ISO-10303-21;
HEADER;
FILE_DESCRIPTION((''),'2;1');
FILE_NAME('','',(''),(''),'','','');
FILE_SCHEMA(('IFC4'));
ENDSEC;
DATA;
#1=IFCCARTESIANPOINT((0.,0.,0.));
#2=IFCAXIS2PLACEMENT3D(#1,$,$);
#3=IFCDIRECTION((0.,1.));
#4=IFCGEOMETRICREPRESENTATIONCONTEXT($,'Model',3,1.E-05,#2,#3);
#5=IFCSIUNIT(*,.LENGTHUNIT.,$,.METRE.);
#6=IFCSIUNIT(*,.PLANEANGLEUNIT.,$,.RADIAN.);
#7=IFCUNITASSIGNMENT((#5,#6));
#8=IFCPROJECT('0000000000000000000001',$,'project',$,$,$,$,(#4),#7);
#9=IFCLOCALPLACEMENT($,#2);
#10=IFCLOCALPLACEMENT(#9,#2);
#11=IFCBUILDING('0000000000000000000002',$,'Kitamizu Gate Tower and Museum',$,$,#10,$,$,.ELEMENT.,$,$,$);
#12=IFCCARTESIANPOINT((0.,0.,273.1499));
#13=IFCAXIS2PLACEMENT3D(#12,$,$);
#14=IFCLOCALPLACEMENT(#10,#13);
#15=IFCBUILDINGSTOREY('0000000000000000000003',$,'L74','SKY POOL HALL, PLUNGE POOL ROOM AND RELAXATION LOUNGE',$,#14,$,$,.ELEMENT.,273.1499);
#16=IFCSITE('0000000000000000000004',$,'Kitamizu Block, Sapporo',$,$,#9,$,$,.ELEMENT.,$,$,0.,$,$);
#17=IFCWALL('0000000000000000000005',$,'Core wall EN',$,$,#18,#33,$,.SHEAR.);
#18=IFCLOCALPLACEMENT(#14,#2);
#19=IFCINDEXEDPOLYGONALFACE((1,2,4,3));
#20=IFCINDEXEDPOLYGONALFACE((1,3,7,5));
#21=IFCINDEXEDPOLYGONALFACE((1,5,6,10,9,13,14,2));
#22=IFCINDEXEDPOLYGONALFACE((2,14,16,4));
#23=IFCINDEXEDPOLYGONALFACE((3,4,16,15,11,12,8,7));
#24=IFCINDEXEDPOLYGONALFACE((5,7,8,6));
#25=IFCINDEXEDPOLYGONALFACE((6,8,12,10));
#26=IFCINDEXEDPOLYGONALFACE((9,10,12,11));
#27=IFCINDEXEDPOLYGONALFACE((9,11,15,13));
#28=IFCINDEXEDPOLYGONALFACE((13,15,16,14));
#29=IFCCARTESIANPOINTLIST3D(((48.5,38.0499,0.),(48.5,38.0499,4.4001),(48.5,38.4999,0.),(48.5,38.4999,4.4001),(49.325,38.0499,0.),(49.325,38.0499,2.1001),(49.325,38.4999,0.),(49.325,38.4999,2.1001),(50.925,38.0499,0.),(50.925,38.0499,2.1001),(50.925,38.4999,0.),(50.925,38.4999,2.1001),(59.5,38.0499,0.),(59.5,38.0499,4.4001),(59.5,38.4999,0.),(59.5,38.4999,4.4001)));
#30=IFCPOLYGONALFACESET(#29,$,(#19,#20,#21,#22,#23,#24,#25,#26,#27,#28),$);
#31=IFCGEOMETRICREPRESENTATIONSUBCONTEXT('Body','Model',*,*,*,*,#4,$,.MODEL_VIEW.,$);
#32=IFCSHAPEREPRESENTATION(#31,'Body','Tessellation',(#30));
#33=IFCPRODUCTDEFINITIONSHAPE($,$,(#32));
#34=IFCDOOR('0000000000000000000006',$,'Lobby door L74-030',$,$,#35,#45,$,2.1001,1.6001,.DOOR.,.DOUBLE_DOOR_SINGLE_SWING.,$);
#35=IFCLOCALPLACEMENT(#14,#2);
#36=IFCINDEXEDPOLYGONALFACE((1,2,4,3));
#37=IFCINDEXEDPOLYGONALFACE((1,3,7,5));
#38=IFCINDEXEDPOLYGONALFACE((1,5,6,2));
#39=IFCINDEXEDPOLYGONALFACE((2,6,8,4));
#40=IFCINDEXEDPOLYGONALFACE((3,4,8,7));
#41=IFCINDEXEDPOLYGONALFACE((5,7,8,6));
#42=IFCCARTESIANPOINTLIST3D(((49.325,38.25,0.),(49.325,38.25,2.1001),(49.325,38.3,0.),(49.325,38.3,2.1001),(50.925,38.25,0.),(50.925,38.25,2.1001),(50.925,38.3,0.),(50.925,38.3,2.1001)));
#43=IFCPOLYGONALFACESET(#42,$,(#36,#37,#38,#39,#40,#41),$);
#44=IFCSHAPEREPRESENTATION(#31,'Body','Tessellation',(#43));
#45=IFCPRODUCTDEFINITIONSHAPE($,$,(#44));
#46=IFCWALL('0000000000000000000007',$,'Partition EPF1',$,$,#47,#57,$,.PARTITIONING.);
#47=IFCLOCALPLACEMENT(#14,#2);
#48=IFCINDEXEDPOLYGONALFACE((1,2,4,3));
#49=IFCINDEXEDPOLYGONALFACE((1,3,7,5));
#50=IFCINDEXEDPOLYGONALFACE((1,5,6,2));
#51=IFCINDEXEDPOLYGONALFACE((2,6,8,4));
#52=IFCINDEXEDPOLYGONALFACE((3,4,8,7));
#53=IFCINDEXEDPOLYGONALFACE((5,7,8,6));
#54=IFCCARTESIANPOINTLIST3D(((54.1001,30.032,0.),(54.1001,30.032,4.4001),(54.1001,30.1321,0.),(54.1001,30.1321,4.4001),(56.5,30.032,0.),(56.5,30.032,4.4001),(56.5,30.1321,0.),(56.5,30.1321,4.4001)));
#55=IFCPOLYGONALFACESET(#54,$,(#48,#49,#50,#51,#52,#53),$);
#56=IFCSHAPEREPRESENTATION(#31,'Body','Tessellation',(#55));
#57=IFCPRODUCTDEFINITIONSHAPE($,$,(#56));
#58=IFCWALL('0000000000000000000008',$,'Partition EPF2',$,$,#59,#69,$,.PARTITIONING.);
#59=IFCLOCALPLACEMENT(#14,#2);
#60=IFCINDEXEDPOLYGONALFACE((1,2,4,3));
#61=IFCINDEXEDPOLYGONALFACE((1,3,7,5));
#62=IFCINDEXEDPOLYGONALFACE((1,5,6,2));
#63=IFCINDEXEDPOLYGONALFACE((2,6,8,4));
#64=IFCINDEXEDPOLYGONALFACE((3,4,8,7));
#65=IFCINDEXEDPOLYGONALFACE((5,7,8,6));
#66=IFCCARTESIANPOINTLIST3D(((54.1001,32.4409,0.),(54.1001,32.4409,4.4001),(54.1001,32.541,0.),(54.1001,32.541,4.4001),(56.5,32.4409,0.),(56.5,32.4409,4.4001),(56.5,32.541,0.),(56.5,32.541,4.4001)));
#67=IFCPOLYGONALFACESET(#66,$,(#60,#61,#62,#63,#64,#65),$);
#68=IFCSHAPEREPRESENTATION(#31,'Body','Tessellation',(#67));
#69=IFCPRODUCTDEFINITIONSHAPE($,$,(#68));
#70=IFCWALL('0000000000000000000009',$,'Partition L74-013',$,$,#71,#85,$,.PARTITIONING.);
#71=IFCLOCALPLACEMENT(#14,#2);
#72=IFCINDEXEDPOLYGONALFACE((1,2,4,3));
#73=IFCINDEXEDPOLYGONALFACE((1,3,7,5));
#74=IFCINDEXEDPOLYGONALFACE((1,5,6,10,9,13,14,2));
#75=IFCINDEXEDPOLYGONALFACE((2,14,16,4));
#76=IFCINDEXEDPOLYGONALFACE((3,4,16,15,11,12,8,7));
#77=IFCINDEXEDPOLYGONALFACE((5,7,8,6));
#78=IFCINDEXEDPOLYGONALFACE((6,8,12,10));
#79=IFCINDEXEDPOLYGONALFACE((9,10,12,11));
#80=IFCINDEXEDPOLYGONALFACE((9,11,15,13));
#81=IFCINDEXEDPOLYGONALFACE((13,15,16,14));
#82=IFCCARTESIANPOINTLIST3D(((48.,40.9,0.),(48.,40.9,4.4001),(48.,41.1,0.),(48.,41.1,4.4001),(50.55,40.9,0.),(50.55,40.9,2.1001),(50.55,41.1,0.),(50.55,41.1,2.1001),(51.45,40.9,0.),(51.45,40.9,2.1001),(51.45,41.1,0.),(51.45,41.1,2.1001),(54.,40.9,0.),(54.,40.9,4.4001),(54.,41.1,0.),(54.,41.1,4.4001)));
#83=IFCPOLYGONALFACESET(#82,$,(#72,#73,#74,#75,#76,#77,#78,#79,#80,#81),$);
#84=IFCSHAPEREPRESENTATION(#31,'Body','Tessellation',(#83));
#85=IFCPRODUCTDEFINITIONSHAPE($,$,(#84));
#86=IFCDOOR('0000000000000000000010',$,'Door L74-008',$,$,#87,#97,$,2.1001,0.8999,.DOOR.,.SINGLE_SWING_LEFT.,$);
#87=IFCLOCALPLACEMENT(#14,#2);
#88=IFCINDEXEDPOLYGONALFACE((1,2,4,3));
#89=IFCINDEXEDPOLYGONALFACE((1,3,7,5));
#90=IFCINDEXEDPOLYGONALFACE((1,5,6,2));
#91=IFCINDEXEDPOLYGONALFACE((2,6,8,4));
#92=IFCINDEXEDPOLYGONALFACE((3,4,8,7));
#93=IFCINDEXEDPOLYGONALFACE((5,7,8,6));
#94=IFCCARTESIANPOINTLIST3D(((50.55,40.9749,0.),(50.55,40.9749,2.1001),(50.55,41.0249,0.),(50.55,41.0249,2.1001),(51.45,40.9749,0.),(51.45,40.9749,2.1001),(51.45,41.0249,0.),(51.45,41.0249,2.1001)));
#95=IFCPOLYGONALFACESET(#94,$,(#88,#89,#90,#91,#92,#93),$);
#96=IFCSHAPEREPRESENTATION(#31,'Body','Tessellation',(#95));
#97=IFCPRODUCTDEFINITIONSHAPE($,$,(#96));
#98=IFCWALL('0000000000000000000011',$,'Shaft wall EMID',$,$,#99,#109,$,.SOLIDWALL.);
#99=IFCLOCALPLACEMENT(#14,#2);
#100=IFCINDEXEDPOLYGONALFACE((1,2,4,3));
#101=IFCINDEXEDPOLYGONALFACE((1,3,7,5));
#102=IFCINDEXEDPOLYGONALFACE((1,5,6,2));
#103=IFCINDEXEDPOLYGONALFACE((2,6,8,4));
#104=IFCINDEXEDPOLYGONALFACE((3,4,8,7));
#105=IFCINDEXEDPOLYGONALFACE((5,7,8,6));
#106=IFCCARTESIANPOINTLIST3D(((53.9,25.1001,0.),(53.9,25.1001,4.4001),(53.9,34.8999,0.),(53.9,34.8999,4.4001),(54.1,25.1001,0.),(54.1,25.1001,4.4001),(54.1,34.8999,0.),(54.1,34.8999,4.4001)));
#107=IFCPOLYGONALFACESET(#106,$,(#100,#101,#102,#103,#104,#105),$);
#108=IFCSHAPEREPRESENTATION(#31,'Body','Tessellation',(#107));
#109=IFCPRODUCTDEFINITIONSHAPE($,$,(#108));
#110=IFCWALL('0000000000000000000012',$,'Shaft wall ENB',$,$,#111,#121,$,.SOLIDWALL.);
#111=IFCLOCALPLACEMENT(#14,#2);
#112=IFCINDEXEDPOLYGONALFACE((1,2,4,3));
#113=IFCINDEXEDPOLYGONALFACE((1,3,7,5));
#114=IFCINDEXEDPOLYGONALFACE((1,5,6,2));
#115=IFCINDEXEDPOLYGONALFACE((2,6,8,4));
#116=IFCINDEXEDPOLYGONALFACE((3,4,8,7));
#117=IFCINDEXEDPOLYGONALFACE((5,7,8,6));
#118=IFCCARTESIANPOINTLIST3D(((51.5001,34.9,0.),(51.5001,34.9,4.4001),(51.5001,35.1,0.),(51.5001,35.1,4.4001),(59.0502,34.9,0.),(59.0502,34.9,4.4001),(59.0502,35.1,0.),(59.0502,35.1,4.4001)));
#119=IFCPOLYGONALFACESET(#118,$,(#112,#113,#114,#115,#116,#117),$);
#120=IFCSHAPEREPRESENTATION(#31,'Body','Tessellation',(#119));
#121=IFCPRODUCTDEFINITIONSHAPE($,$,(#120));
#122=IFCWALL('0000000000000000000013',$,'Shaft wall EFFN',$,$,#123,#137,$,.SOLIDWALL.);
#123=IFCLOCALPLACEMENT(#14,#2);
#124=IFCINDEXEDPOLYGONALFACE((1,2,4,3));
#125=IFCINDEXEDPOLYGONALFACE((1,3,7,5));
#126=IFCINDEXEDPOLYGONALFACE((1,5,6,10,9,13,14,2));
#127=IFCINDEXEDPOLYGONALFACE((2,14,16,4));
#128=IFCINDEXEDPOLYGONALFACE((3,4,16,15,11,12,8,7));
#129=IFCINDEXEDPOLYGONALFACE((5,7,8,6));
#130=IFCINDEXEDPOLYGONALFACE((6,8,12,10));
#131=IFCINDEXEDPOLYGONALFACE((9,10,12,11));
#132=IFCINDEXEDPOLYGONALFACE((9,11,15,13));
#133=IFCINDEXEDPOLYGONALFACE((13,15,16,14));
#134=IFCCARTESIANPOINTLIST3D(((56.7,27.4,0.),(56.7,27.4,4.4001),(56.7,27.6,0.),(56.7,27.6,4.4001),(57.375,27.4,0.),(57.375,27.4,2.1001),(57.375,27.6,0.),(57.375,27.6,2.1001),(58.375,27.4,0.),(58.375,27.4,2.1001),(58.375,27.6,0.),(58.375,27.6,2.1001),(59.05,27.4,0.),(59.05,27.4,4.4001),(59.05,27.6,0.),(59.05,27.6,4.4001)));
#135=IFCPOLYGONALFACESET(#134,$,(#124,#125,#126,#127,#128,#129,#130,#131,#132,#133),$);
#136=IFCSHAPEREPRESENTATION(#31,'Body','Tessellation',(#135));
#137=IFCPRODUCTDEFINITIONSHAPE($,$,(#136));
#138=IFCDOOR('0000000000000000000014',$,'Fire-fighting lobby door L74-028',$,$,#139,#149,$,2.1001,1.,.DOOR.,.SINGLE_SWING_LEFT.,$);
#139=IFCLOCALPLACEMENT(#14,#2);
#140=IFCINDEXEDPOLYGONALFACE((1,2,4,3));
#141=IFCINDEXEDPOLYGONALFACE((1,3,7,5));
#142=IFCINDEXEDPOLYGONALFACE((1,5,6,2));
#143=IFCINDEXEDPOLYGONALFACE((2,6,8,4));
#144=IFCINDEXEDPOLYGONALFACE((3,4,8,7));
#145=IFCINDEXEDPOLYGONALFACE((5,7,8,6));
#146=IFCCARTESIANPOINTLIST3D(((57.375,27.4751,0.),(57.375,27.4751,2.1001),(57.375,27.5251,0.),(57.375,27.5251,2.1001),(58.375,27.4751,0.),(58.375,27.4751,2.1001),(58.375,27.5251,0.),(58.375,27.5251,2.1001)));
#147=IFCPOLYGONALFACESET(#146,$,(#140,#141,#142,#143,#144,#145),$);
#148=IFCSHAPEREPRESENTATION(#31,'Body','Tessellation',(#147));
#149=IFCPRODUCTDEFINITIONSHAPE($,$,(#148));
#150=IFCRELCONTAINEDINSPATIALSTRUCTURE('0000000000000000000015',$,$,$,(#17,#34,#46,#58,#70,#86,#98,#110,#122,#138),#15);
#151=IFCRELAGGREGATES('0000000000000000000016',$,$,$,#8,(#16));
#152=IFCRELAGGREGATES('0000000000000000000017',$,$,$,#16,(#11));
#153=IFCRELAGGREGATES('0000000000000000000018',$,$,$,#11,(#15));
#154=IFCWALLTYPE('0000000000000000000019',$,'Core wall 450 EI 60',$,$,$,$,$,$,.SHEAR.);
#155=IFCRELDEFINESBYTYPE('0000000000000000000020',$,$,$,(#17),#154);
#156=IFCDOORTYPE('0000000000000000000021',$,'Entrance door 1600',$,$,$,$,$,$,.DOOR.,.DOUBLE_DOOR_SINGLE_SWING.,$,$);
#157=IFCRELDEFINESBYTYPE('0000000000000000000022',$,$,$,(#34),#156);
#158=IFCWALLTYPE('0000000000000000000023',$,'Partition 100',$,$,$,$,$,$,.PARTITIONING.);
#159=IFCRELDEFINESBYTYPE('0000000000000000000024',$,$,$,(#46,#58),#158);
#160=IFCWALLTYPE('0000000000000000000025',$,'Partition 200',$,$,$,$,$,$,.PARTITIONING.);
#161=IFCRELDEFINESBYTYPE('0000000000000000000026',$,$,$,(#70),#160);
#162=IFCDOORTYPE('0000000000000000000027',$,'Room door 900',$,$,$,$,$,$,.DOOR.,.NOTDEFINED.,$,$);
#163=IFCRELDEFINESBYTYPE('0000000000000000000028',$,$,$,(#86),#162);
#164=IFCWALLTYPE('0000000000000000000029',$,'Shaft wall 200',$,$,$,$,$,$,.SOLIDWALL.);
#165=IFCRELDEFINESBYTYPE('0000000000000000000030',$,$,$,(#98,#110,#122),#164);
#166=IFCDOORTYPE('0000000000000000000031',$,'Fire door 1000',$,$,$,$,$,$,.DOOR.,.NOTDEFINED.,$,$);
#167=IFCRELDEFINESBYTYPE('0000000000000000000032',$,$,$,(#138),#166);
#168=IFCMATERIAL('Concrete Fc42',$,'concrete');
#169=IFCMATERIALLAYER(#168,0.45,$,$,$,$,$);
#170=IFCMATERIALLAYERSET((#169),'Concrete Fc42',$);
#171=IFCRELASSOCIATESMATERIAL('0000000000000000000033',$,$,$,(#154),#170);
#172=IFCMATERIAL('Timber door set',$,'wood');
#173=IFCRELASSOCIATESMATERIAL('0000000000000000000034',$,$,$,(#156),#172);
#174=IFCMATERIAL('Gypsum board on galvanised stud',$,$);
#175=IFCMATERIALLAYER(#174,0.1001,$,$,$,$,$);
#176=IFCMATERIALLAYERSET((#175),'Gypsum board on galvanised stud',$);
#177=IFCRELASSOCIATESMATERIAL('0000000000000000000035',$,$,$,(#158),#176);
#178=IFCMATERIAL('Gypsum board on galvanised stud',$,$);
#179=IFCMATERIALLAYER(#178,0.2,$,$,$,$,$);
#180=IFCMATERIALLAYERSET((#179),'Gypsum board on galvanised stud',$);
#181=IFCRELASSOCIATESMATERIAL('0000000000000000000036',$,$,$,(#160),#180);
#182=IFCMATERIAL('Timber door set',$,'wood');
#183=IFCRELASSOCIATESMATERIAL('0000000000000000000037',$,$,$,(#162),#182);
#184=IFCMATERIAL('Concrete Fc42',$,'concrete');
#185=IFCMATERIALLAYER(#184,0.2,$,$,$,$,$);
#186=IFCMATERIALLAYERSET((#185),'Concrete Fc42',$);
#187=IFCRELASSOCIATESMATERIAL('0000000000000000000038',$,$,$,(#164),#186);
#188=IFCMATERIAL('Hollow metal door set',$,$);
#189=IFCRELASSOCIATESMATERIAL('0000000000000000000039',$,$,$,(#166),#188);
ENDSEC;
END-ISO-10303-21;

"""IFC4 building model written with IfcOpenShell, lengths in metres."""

from ifc_helpers import new_model, si_unit, direction, frame, frame_2d, origin, place, context, subcontext, project, spatial, rectangle, extrude, material, layer, layer_set, type_object, element, fill, save


model = new_model("IFC4")

# Units and contexts
model_context = context("Model", 3, precision=1e-05, world=origin(), true_north=direction((0.0, 1.0)))
body_context = subcontext(model_context, "Body", "Model", "MODEL_VIEW")
ifc_project = project(units=[si_unit("LENGTHUNIT", "METRE"), si_unit("PLANEANGLEUNIT", "RADIAN")], contexts=[model_context])

# Site, building, storey
site_placement = place(None, origin())
site = spatial("IfcSite", under=ifc_project, at=site_placement, Name="Kitamizu Block, Sapporo", CompositionType="ELEMENT", RefElevation=0.0)
building_placement = place(site_placement, origin())
building = spatial("IfcBuilding", under=site, at=building_placement, Name="Kitamizu Gate Tower and Museum", CompositionType="ELEMENT")
storey_placement = place(building_placement, frame((0.0, 0.0, 273.1499)))
storey = spatial("IfcBuildingStorey", under=building, at=storey_placement, Name="L74", Description="SKY POOL HALL, PLUNGE POOL ROOM AND RELAXATION LOUNGE", CompositionType="ELEMENT", Elevation=273.1499)

# Wall, opening, door
ifc_material_1 = material(Name="Concrete Fc42", Category="concrete")
ifc_layer_1 = layer(ifc_material_1, 0.45)
ifc_layer_set_1 = layer_set([ifc_layer_1], Name="Concrete Fc42")
wall_type_1 = type_object("IfcWallType", Name="Core wall 450 EI 60", PredefinedType="SHEAR", material=ifc_layer_set_1)
wall_1_placement = place(storey_placement, frame((59.5, 38.2749, 0.0), z_axis=(0.0, 0.0, 1.0), x_axis=(-1.0, 0.0, 0.0)))
wall_1 = element("IfcWall", 1, at=wall_1_placement, inside=storey, type_object=wall_type_1, Name="Core wall EN", PredefinedType="SHEAR", context=body_context, shape_type="SweptSolid", body=[
    extrude(rectangle(XDim=11.0, YDim=0.45, at=frame_2d((5.5, 0.0))), origin(), (0.0, 0.0, 1.0), 4.4001),
])
opening_1_placement = place(wall_1_placement, frame((8.575, 0.0, 0.0)))
opening_1 = element("IfcOpeningElement", 2, at=opening_1_placement, cuts=wall_1, PredefinedType="OPENING", context=body_context, shape_type="SweptSolid", body=[
    extrude(rectangle(XDim=1.6001, YDim=2.1001, at=frame_2d((0.8, 1.05))), frame((0.0, 0.2349, 0.0), z_axis=(0.0, -1.0, 0.0), x_axis=(1.0, 0.0, 0.0)), (0.0, 0.0, 1.0), 0.47),
])
ifc_material_2 = material(Name="Timber door set", Category="wood")
door_type_1 = type_object("IfcDoorType", Name="Entrance door 1600", OperationType="DOUBLE_DOOR_SINGLE_SWING", PredefinedType="DOOR", material=ifc_material_2)
door_1_placement = place(opening_1_placement, origin())
door_1 = element("IfcDoor", 3, at=door_1_placement, inside=storey, type_object=door_type_1, Name="Lobby door L74-030", OperationType="DOUBLE_DOOR_SINGLE_SWING", OverallHeight=2.1001, OverallWidth=1.6001, PredefinedType="DOOR", context=body_context, shape_type="SweptSolid", body=[
    extrude(rectangle(XDim=1.6001, YDim=2.1001, at=frame_2d((0.8, 1.05))), frame((0.0, 0.0249, 0.0), z_axis=(0.0, -1.0, 0.0), x_axis=(1.0, 0.0, 0.0)), (0.0, 0.0, 1.0), 0.05),
])
fill(opening_1, door_1)

# Walls
ifc_material_3 = material(Name="Gypsum board on galvanised stud")
ifc_layer_2 = layer(ifc_material_3, 0.1001)
ifc_layer_set_2 = layer_set([ifc_layer_2], Name="Gypsum board on galvanised stud")
wall_type_2 = type_object("IfcWallType", Name="Partition 100", PredefinedType="PARTITIONING", material=ifc_layer_set_2)
for number, where, z_axis, x_axis, name in (
    (4, (56.5, 30.082, 0.0), (0.0, 0.0, 1.0), (-1.0, 0.0, 0.0), "Partition EPF1"),
    (5, (56.5, 32.491, 0.0), (0.0, 0.0, 1.0), (-1.0, 0.0, 0.0), "Partition EPF2"),
):
    element("IfcWall", number, at=place(storey_placement, frame(where, z_axis=z_axis, x_axis=x_axis)), inside=storey, type_object=wall_type_2, Name=name, PredefinedType="PARTITIONING", context=body_context, shape_type="SweptSolid", body=[
        extrude(rectangle(XDim=2.3999, YDim=0.1001, at=frame_2d((1.2, 0.0))), origin(), (0.0, 0.0, 1.0), 4.4001),
    ])

# Wall, opening, door
ifc_material_4 = material(Name="Gypsum board on galvanised stud")
ifc_layer_3 = layer(ifc_material_4, 0.2)
ifc_layer_set_3 = layer_set([ifc_layer_3], Name="Gypsum board on galvanised stud")
wall_type_3 = type_object("IfcWallType", Name="Partition 200", PredefinedType="PARTITIONING", material=ifc_layer_set_3)
wall_2_placement = place(storey_placement, frame((54.0, 41.0, 0.0), z_axis=(0.0, 0.0, 1.0), x_axis=(-1.0, 0.0, 0.0)))
wall_2 = element("IfcWall", 6, at=wall_2_placement, inside=storey, type_object=wall_type_3, Name="Partition L74-013", PredefinedType="PARTITIONING", context=body_context, shape_type="SweptSolid", body=[
    extrude(rectangle(XDim=6.0, YDim=0.2, at=frame_2d((3.0, 0.0))), origin(), (0.0, 0.0, 1.0), 4.4001),
])
opening_2_placement = place(wall_2_placement, frame((2.55, 0.0, 0.0)))
opening_2 = element("IfcOpeningElement", 7, at=opening_2_placement, cuts=wall_2, PredefinedType="OPENING", context=body_context, shape_type="SweptSolid", body=[
    extrude(rectangle(XDim=0.8999, YDim=2.1001, at=frame_2d((0.45, 1.05))), frame((0.0, 0.1099, 0.0), z_axis=(0.0, -1.0, 0.0), x_axis=(1.0, 0.0, 0.0)), (0.0, 0.0, 1.0), 0.22),
])
ifc_material_5 = material(Name="Timber door set", Category="wood")
door_type_2 = type_object("IfcDoorType", Name="Room door 900", OperationType="NOTDEFINED", PredefinedType="DOOR", material=ifc_material_5)
door_2_placement = place(opening_2_placement, frame((0.8999, 0.0, 0.0), x_axis=(-1.0, 0.0, 0.0)))
door_2 = element("IfcDoor", 8, at=door_2_placement, inside=storey, type_object=door_type_2, Name="Door L74-008", OperationType="SINGLE_SWING_LEFT", OverallHeight=2.1001, OverallWidth=0.8999, PredefinedType="DOOR", context=body_context, shape_type="SweptSolid", body=[
    extrude(rectangle(XDim=0.8999, YDim=2.1001, at=frame_2d((0.45, 1.05))), frame((0.0, 0.0249, 0.0), z_axis=(0.0, -1.0, 0.0), x_axis=(1.0, 0.0, 0.0)), (0.0, 0.0, 1.0), 0.05),
])
fill(opening_2, door_2)

# Walls
ifc_material_6 = material(Name="Concrete Fc42", Category="concrete")
ifc_layer_4 = layer(ifc_material_6, 0.2)
ifc_layer_set_4 = layer_set([ifc_layer_4], Name="Concrete Fc42")
wall_type_4 = type_object("IfcWallType", Name="Shaft wall 200", PredefinedType="SOLIDWALL", material=ifc_layer_set_4)
wall_3_placement = place(storey_placement, frame((54.0, 25.1001, 0.0), z_axis=(0.0, 0.0, 1.0), x_axis=(0.0, 1.0, 0.0)))
element("IfcWall", 9, at=wall_3_placement, inside=storey, type_object=wall_type_4, Name="Shaft wall EMID", PredefinedType="SOLIDWALL", context=body_context, shape_type="SweptSolid", body=[
    extrude(rectangle(XDim=9.7998, YDim=0.2, at=frame_2d((4.8999, 0.0))), origin(), (0.0, 0.0, 1.0), 4.4001),
])
wall_4_placement = place(storey_placement, frame((59.05, 35.0, 0.0), z_axis=(0.0, 0.0, 1.0), x_axis=(-1.0, 0.0, 0.0)))
element("IfcWall", 10, at=wall_4_placement, inside=storey, type_object=wall_type_4, Name="Shaft wall ENB", PredefinedType="SOLIDWALL", context=body_context, shape_type="SweptSolid", body=[
    extrude(rectangle(XDim=7.55, YDim=0.2, at=frame_2d((3.7749, 0.0))), origin(), (0.0, 0.0, 1.0), 4.4001),
])

# Wall, opening, door
wall_5_placement = place(storey_placement, frame((59.05, 27.5, 0.0), z_axis=(0.0, 0.0, 1.0), x_axis=(-1.0, 0.0, 0.0)))
wall_5 = element("IfcWall", 11, at=wall_5_placement, inside=storey, type_object=wall_type_4, Name="Shaft wall EFFN", PredefinedType="SOLIDWALL", context=body_context, shape_type="SweptSolid", body=[
    extrude(rectangle(XDim=2.3501, YDim=0.2, at=frame_2d((1.175, 0.0))), origin(), (0.0, 0.0, 1.0), 4.4001),
])
opening_3_placement = place(wall_5_placement, frame((0.675, 0.0, 0.0)))
opening_3 = element("IfcOpeningElement", 12, at=opening_3_placement, cuts=wall_5, PredefinedType="OPENING", context=body_context, shape_type="SweptSolid", body=[
    extrude(rectangle(XDim=1.0, YDim=2.1001, at=frame_2d((0.5, 1.05))), frame((0.0, 0.1099, 0.0), z_axis=(0.0, -1.0, 0.0), x_axis=(1.0, 0.0, 0.0)), (0.0, 0.0, 1.0), 0.22),
])
ifc_material_7 = material(Name="Hollow metal door set")
door_type_3 = type_object("IfcDoorType", Name="Fire door 1000", OperationType="NOTDEFINED", PredefinedType="DOOR", material=ifc_material_7)
door_3_placement = place(opening_3_placement, origin())
door_3 = element("IfcDoor", 13, at=door_3_placement, inside=storey, type_object=door_type_3, Name="Fire-fighting lobby door L74-028", OperationType="SINGLE_SWING_LEFT", OverallHeight=2.1001, OverallWidth=1.0, PredefinedType="DOOR", context=body_context, shape_type="SweptSolid", body=[
    extrude(rectangle(XDim=1.0, YDim=2.1001, at=frame_2d((0.5, 1.05))), frame((0.0, 0.0249, 0.0), z_axis=(0.0, -1.0, 0.0), x_axis=(1.0, 0.0, 0.0)), (0.0, 0.0, 1.0), 0.05),
])
fill(opening_3, door_3)

save(model, "model.ifc")
